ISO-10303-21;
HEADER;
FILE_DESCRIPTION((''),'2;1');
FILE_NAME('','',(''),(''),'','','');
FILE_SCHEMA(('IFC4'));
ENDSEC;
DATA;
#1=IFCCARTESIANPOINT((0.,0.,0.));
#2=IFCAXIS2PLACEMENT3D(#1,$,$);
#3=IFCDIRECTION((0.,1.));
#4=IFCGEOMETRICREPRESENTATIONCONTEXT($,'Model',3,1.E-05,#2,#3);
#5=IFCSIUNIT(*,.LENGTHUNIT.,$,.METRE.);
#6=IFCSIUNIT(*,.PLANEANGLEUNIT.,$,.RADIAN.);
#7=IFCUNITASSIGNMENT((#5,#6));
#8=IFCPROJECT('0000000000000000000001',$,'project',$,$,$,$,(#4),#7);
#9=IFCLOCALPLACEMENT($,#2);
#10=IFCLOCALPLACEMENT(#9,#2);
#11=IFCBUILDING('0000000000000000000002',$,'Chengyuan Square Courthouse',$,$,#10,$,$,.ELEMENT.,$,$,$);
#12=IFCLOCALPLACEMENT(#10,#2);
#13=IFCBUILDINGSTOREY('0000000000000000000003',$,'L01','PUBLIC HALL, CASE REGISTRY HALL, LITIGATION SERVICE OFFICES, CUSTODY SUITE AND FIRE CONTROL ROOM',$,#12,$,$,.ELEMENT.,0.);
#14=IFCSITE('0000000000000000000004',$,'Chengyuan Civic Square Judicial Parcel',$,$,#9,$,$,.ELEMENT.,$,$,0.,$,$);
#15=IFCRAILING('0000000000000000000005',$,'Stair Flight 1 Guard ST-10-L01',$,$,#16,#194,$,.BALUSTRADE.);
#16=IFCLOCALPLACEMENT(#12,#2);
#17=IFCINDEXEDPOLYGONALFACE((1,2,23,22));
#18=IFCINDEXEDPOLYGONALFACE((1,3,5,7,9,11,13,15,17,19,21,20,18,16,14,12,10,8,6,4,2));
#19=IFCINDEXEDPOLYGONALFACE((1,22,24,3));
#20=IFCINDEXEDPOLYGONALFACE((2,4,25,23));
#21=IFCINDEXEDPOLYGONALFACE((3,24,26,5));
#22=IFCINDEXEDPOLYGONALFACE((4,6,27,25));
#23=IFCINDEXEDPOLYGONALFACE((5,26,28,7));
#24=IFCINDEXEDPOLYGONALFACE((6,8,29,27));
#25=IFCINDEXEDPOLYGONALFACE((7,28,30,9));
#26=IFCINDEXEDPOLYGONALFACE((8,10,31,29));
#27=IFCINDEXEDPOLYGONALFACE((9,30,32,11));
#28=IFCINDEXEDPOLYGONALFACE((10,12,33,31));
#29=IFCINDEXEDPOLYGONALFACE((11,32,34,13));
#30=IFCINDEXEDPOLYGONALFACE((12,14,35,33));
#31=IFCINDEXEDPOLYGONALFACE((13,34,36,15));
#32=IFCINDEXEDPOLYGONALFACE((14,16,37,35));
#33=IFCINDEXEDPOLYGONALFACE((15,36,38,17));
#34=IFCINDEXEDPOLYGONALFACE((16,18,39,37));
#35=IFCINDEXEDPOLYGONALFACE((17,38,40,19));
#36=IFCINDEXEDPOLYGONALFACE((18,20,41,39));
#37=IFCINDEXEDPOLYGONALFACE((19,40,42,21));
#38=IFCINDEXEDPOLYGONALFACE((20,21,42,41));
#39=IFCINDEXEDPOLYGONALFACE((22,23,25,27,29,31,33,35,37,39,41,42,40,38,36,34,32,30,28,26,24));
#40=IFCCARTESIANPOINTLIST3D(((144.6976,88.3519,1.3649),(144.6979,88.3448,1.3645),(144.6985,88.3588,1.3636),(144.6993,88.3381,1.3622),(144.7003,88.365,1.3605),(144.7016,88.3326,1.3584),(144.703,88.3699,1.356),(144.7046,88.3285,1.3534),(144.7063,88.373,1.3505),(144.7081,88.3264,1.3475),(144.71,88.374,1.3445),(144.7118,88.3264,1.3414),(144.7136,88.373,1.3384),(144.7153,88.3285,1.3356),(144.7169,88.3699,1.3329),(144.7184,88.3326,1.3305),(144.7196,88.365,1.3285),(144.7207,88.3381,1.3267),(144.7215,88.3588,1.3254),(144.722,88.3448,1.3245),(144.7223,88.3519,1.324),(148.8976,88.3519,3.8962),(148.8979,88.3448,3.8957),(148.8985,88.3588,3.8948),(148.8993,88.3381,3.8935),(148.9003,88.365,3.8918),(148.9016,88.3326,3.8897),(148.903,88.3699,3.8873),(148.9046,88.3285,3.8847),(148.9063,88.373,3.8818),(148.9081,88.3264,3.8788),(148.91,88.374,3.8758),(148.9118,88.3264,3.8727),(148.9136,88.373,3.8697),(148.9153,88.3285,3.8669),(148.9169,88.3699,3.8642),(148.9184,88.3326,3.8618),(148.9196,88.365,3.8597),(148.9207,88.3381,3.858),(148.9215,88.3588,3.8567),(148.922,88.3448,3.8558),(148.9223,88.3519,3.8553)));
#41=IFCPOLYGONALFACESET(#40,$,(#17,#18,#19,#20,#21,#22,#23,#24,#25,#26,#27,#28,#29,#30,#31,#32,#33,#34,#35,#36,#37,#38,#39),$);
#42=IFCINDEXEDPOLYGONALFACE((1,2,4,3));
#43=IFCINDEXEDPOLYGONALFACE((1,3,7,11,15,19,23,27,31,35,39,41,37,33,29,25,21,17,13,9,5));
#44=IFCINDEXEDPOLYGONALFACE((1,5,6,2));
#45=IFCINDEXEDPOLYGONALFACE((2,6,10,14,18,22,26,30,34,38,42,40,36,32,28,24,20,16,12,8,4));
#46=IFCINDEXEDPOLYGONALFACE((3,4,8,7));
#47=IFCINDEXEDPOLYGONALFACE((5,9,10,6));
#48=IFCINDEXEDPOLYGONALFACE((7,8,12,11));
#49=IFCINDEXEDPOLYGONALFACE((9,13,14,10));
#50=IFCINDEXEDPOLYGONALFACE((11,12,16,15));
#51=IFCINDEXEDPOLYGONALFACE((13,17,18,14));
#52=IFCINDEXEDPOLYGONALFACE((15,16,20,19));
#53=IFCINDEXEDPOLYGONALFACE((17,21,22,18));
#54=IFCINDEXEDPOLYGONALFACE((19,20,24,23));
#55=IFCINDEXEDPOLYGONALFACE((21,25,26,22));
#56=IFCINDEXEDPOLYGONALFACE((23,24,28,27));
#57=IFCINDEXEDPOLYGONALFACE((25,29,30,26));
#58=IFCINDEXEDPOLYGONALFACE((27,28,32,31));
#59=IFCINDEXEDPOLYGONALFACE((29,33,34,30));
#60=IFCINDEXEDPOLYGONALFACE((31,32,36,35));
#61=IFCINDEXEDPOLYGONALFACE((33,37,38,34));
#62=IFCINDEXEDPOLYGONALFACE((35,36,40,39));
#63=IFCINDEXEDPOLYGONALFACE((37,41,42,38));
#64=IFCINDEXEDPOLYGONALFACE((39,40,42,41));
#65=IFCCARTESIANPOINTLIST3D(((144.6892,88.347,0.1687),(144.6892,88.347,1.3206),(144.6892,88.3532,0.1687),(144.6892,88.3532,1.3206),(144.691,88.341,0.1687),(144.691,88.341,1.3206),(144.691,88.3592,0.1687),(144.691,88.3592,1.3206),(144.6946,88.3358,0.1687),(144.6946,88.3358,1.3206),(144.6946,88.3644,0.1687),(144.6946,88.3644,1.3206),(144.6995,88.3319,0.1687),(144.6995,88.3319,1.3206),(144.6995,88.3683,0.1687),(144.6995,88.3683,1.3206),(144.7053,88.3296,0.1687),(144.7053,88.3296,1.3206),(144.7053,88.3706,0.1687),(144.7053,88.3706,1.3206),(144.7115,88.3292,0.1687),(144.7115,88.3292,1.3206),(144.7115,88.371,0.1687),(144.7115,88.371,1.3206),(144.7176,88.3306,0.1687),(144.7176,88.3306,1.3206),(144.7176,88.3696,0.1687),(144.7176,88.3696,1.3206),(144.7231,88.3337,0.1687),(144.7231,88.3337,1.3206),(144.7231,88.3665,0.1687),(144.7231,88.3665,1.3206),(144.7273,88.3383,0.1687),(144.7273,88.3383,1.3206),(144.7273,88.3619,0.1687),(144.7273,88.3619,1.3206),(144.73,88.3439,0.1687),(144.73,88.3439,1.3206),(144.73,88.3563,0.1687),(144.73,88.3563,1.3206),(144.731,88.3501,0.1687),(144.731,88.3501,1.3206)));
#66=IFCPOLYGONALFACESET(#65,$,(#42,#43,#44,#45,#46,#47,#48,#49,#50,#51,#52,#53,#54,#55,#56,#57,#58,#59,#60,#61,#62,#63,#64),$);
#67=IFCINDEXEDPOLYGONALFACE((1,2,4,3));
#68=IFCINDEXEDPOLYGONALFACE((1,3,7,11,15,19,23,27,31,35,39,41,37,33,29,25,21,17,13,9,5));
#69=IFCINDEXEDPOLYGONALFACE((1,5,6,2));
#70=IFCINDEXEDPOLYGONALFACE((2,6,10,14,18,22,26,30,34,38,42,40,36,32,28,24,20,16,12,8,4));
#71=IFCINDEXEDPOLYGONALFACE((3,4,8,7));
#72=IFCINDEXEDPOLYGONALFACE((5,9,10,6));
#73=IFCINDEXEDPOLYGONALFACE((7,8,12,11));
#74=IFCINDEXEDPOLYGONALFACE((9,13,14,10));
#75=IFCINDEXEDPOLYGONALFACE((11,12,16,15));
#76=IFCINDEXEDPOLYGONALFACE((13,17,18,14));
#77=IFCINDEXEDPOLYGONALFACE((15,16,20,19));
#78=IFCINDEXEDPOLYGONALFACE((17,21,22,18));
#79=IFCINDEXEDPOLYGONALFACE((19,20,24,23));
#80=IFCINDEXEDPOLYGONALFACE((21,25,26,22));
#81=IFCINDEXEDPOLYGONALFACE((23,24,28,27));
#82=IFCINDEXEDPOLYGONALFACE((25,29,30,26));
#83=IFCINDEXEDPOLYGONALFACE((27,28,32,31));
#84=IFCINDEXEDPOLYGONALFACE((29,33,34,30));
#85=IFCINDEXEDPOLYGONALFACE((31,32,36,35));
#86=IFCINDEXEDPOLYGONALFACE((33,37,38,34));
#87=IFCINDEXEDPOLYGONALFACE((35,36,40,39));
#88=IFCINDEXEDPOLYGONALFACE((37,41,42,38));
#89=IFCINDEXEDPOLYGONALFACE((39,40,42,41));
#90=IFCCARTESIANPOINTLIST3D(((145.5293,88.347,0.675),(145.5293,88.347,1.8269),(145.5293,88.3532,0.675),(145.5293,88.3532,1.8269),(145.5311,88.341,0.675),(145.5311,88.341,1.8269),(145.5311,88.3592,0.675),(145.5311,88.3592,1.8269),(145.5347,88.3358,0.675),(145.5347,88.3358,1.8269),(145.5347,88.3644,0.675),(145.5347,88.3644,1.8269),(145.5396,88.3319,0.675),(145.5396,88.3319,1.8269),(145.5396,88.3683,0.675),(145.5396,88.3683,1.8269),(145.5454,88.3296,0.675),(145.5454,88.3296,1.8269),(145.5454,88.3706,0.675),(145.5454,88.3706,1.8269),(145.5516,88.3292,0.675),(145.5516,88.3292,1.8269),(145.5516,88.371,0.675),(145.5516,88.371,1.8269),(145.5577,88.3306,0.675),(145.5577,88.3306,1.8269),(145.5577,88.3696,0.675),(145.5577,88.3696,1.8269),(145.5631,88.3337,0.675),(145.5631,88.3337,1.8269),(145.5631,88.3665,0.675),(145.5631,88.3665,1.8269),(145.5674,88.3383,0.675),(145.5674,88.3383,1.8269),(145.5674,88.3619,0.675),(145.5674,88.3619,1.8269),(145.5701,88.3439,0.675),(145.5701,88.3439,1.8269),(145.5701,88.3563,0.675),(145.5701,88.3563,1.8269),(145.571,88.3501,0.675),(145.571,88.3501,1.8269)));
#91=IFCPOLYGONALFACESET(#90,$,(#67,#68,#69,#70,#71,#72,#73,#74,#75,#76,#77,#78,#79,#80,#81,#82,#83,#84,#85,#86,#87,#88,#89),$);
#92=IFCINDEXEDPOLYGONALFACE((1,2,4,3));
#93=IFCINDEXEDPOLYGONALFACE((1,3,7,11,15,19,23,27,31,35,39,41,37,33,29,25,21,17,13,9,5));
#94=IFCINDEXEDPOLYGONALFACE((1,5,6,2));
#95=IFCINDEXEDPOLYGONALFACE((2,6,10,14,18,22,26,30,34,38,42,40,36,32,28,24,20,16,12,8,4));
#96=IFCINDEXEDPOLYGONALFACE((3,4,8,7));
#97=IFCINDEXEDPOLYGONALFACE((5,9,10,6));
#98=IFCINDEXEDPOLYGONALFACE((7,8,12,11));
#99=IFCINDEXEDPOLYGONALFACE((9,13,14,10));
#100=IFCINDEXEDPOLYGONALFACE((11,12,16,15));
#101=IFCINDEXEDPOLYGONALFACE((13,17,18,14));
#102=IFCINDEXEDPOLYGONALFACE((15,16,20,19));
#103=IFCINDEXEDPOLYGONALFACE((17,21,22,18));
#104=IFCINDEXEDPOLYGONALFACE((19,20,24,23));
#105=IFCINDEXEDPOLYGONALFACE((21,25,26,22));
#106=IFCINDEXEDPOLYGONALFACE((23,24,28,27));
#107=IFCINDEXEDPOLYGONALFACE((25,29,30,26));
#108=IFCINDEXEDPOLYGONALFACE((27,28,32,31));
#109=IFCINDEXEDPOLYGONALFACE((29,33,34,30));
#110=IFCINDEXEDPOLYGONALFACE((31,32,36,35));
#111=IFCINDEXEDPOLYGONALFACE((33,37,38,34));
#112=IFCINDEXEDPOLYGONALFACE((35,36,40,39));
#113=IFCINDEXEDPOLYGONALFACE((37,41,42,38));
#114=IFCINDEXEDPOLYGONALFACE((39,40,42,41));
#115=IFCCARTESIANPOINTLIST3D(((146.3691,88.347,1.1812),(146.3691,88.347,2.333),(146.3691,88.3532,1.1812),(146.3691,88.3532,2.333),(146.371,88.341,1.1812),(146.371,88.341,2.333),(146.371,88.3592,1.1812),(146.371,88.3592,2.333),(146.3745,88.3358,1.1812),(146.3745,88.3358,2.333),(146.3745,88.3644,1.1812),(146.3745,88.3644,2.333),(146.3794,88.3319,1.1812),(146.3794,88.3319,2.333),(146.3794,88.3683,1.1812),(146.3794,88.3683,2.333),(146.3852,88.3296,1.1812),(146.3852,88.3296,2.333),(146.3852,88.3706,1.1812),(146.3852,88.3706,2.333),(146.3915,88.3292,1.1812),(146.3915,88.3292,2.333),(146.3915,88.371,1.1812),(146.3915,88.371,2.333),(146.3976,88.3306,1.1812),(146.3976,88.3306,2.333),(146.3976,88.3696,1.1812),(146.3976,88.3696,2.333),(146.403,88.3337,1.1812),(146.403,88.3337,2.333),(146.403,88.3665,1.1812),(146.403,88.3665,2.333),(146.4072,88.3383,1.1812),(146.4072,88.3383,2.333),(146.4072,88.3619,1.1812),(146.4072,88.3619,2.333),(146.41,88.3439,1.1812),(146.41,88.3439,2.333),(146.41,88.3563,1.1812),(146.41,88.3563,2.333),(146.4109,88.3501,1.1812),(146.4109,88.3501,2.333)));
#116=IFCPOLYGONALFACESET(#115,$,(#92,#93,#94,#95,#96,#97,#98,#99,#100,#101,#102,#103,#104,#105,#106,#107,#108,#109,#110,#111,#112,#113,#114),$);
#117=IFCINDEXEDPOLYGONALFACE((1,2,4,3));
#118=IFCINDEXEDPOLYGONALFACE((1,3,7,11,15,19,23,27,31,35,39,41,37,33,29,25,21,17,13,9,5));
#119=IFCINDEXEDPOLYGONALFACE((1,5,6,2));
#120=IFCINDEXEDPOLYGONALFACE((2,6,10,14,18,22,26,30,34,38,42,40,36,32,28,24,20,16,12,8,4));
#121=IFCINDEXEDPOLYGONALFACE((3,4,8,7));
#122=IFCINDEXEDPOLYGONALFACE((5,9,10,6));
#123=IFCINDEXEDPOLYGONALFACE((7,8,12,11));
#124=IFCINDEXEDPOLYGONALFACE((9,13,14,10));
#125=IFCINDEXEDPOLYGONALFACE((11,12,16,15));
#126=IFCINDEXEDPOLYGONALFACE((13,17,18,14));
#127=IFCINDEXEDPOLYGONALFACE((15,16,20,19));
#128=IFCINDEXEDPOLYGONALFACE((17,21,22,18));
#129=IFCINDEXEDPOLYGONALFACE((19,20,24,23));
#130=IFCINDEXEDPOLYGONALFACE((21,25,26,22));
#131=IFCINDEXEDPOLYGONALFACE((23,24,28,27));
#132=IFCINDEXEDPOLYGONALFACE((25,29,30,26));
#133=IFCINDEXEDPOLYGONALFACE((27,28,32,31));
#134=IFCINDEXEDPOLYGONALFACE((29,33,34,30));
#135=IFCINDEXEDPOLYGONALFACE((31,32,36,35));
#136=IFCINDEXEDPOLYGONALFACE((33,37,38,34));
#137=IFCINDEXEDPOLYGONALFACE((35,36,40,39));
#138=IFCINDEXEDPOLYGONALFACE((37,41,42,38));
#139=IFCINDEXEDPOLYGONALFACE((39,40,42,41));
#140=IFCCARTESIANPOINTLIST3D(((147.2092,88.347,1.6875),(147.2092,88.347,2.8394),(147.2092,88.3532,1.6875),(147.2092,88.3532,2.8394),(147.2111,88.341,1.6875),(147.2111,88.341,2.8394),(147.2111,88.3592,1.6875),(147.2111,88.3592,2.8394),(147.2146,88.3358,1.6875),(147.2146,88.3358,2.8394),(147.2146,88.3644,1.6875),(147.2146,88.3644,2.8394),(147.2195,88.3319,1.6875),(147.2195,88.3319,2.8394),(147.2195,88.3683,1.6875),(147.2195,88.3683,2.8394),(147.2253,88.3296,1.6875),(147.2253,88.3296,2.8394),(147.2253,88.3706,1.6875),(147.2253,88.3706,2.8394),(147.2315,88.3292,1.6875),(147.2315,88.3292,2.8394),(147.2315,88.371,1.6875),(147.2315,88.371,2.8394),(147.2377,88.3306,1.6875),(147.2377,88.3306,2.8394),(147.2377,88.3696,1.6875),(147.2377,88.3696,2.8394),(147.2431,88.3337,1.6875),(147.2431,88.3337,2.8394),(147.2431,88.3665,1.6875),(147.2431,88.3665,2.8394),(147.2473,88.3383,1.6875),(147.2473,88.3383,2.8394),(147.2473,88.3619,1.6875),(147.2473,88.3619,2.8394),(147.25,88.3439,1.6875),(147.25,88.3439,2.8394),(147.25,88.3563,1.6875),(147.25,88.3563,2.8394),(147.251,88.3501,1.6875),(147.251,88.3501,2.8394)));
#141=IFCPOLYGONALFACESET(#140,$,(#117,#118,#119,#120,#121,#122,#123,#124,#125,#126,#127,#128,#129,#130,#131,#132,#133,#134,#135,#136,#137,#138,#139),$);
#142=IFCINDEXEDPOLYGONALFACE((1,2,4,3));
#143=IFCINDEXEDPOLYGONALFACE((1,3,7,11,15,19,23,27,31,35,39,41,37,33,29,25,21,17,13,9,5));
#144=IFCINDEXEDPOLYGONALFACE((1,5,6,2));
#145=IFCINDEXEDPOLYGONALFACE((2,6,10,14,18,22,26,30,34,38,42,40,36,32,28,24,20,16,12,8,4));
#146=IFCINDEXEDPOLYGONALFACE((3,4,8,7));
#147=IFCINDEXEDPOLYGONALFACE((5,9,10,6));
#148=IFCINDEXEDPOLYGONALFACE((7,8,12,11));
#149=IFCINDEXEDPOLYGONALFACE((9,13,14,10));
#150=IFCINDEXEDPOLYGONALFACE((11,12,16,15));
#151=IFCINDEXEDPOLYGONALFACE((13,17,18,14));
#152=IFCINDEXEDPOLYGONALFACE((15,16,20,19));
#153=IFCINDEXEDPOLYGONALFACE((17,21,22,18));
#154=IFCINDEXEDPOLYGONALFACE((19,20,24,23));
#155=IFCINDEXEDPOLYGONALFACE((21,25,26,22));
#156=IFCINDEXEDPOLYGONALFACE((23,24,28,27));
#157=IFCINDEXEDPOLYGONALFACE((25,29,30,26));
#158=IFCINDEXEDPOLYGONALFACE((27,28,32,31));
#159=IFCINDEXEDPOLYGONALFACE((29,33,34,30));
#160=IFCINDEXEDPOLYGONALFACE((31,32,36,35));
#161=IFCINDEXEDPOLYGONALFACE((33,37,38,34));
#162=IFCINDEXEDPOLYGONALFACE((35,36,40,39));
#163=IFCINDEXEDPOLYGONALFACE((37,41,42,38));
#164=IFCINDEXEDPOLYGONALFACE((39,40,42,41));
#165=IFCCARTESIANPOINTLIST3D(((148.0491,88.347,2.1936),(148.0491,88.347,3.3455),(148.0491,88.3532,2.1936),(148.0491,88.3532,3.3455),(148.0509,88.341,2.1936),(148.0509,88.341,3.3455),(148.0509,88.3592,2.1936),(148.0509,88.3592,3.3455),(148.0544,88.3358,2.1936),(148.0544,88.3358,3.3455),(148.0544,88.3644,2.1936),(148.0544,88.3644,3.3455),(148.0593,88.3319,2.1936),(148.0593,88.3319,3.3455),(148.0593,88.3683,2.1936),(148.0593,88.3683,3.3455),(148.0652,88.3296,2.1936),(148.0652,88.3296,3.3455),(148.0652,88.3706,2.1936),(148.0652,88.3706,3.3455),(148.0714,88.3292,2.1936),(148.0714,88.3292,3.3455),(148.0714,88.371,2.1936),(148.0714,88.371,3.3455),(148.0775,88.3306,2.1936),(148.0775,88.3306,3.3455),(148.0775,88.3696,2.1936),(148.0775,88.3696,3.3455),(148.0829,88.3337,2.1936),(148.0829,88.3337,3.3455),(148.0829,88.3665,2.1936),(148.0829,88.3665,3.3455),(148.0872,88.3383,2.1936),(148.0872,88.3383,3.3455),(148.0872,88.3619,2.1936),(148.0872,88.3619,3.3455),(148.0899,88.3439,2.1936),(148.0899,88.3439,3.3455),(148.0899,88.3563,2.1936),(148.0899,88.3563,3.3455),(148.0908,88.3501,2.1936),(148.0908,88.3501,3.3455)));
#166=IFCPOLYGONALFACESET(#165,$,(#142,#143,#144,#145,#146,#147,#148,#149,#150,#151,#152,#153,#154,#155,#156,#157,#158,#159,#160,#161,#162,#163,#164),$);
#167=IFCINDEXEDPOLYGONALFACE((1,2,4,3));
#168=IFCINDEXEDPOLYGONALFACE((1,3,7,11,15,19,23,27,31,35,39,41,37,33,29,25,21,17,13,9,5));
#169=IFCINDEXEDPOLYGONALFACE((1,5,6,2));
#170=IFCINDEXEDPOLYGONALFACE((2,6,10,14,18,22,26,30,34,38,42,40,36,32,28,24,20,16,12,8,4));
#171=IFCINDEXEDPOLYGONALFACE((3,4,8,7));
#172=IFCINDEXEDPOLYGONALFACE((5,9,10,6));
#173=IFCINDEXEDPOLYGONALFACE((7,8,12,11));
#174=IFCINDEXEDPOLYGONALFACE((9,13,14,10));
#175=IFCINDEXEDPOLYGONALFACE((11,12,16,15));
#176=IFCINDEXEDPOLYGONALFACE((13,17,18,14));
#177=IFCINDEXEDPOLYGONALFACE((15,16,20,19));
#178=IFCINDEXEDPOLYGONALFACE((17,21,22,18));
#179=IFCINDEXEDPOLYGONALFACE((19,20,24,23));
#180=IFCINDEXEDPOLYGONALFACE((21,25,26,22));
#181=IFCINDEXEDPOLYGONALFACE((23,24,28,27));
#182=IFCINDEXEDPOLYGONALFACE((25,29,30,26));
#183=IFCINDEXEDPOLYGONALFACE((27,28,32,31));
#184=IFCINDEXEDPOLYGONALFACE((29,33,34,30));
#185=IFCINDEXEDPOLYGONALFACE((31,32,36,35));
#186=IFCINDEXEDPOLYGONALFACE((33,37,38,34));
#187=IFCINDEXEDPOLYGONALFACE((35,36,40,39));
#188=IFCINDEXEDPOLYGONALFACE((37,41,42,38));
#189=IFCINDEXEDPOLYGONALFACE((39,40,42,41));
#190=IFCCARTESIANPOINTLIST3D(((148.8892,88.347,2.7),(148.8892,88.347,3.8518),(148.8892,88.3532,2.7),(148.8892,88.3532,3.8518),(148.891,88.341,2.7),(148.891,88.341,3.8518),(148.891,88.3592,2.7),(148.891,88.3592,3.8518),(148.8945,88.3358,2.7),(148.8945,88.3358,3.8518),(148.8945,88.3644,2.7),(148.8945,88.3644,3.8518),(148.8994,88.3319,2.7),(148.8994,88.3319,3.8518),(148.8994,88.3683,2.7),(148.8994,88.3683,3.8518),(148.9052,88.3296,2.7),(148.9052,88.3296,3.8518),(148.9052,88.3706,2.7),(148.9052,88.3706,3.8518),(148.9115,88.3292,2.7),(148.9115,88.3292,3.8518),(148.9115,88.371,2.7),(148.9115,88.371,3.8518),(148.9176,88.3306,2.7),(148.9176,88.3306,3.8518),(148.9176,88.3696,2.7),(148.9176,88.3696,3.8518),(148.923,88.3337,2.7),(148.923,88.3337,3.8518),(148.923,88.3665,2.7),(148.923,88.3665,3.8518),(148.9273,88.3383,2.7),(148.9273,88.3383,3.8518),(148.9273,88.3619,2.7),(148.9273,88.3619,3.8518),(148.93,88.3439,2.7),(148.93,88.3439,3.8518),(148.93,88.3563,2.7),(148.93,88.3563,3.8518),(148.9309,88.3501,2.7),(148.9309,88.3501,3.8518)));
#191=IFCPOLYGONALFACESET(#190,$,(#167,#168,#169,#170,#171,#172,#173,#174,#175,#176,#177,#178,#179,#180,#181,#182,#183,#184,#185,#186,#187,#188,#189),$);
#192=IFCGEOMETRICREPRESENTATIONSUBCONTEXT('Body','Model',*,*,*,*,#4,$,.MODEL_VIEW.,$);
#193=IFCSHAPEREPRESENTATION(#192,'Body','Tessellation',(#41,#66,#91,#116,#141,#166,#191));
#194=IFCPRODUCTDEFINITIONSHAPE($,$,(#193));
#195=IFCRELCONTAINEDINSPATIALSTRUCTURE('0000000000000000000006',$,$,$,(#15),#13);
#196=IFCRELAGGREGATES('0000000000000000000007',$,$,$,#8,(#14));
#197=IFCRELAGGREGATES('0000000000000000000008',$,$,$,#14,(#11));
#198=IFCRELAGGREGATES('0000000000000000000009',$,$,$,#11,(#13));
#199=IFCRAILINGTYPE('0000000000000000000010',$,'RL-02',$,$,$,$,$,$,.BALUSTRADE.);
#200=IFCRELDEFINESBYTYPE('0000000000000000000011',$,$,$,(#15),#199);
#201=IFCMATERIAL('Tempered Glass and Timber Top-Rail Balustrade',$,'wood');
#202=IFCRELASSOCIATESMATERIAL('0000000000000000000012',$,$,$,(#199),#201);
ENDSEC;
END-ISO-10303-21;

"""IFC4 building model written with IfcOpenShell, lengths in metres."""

from ifc_helpers import new_model, si_unit, direction, frame, origin, origin_2d, place, context, subcontext, project, spatial, circle, extrude, material, type_object, element, save


model = new_model("IFC4")

# Units and contexts
model_context = context("Model", 3, precision=1e-05, world=origin(), true_north=direction((0.0, 1.0)))
body_context = subcontext(model_context, "Body", "Model", "MODEL_VIEW")
ifc_project = project(units=[si_unit("LENGTHUNIT", "METRE"), si_unit("PLANEANGLEUNIT", "RADIAN")], contexts=[model_context])

# Site, building, storey
site_placement = place(None, origin())
site = spatial("IfcSite", under=ifc_project, at=site_placement, Name="Chengyuan Civic Square Judicial Parcel", CompositionType="ELEMENT", RefElevation=0.0)
building_placement = place(site_placement, origin())
building = spatial("IfcBuilding", under=site, at=building_placement, Name="Chengyuan Square Courthouse", CompositionType="ELEMENT")
storey_placement = place(building_placement, origin())
storey = spatial("IfcBuildingStorey", under=building, at=storey_placement, Name="L01", Description="PUBLIC HALL, CASE REGISTRY HALL, LITIGATION SERVICE OFFICES, CUSTODY SUITE AND FIRE CONTROL ROOM", CompositionType="ELEMENT", Elevation=0.0)

# Railing
ifc_material_1 = material(Name="Tempered Glass and Timber Top-Rail Balustrade", Category="wood")
railing_type_1 = type_object("IfcRailingType", Name="RL-02", PredefinedType="BALUSTRADE", material=ifc_material_1)
railing_1_placement = place(storey_placement, frame((144.71, 88.3501, 0.1687)))
element("IfcRailing", 1, at=railing_1_placement, inside=storey, type_object=railing_type_1, Name="Stair Flight 1 Guard ST-10-L01", PredefinedType="BALUSTRADE", context=body_context, shape_type="SweptSolid", body=[
    extrude(circle(Radius=0.0239, at=origin_2d()), frame((0.0, 0.0, 1.1758), z_axis=(0.856476, 0.0, 0.516186), x_axis=(0.0, 1.0, 0.0)), (0.0, 0.0, 1.0), 4.9038),
    extrude(circle(Radius=0.021, at=origin_2d()), origin(), (0.0, 0.0, 1.0), 1.1519),
    extrude(circle(Radius=0.021, at=origin_2d()), frame((0.8401, 0.0, 0.5063)), (0.0, 0.0, 1.0), 1.1519),
    extrude(circle(Radius=0.021, at=origin_2d()), frame((1.6799, 0.0, 1.0125)), (0.0, 0.0, 1.0), 1.1519),
    extrude(circle(Radius=0.021, at=origin_2d()), frame((2.52, 0.0, 1.5188)), (0.0, 0.0, 1.0), 1.1519),
    extrude(circle(Radius=0.021, at=origin_2d()), frame((3.3599, 0.0, 2.0249)), (0.0, 0.0, 1.0), 1.1519),
    extrude(circle(Radius=0.021, at=origin_2d()), frame((4.2, 0.0, 2.5312)), (0.0, 0.0, 1.0), 1.1519),
])

save(model, "model.ifc")
